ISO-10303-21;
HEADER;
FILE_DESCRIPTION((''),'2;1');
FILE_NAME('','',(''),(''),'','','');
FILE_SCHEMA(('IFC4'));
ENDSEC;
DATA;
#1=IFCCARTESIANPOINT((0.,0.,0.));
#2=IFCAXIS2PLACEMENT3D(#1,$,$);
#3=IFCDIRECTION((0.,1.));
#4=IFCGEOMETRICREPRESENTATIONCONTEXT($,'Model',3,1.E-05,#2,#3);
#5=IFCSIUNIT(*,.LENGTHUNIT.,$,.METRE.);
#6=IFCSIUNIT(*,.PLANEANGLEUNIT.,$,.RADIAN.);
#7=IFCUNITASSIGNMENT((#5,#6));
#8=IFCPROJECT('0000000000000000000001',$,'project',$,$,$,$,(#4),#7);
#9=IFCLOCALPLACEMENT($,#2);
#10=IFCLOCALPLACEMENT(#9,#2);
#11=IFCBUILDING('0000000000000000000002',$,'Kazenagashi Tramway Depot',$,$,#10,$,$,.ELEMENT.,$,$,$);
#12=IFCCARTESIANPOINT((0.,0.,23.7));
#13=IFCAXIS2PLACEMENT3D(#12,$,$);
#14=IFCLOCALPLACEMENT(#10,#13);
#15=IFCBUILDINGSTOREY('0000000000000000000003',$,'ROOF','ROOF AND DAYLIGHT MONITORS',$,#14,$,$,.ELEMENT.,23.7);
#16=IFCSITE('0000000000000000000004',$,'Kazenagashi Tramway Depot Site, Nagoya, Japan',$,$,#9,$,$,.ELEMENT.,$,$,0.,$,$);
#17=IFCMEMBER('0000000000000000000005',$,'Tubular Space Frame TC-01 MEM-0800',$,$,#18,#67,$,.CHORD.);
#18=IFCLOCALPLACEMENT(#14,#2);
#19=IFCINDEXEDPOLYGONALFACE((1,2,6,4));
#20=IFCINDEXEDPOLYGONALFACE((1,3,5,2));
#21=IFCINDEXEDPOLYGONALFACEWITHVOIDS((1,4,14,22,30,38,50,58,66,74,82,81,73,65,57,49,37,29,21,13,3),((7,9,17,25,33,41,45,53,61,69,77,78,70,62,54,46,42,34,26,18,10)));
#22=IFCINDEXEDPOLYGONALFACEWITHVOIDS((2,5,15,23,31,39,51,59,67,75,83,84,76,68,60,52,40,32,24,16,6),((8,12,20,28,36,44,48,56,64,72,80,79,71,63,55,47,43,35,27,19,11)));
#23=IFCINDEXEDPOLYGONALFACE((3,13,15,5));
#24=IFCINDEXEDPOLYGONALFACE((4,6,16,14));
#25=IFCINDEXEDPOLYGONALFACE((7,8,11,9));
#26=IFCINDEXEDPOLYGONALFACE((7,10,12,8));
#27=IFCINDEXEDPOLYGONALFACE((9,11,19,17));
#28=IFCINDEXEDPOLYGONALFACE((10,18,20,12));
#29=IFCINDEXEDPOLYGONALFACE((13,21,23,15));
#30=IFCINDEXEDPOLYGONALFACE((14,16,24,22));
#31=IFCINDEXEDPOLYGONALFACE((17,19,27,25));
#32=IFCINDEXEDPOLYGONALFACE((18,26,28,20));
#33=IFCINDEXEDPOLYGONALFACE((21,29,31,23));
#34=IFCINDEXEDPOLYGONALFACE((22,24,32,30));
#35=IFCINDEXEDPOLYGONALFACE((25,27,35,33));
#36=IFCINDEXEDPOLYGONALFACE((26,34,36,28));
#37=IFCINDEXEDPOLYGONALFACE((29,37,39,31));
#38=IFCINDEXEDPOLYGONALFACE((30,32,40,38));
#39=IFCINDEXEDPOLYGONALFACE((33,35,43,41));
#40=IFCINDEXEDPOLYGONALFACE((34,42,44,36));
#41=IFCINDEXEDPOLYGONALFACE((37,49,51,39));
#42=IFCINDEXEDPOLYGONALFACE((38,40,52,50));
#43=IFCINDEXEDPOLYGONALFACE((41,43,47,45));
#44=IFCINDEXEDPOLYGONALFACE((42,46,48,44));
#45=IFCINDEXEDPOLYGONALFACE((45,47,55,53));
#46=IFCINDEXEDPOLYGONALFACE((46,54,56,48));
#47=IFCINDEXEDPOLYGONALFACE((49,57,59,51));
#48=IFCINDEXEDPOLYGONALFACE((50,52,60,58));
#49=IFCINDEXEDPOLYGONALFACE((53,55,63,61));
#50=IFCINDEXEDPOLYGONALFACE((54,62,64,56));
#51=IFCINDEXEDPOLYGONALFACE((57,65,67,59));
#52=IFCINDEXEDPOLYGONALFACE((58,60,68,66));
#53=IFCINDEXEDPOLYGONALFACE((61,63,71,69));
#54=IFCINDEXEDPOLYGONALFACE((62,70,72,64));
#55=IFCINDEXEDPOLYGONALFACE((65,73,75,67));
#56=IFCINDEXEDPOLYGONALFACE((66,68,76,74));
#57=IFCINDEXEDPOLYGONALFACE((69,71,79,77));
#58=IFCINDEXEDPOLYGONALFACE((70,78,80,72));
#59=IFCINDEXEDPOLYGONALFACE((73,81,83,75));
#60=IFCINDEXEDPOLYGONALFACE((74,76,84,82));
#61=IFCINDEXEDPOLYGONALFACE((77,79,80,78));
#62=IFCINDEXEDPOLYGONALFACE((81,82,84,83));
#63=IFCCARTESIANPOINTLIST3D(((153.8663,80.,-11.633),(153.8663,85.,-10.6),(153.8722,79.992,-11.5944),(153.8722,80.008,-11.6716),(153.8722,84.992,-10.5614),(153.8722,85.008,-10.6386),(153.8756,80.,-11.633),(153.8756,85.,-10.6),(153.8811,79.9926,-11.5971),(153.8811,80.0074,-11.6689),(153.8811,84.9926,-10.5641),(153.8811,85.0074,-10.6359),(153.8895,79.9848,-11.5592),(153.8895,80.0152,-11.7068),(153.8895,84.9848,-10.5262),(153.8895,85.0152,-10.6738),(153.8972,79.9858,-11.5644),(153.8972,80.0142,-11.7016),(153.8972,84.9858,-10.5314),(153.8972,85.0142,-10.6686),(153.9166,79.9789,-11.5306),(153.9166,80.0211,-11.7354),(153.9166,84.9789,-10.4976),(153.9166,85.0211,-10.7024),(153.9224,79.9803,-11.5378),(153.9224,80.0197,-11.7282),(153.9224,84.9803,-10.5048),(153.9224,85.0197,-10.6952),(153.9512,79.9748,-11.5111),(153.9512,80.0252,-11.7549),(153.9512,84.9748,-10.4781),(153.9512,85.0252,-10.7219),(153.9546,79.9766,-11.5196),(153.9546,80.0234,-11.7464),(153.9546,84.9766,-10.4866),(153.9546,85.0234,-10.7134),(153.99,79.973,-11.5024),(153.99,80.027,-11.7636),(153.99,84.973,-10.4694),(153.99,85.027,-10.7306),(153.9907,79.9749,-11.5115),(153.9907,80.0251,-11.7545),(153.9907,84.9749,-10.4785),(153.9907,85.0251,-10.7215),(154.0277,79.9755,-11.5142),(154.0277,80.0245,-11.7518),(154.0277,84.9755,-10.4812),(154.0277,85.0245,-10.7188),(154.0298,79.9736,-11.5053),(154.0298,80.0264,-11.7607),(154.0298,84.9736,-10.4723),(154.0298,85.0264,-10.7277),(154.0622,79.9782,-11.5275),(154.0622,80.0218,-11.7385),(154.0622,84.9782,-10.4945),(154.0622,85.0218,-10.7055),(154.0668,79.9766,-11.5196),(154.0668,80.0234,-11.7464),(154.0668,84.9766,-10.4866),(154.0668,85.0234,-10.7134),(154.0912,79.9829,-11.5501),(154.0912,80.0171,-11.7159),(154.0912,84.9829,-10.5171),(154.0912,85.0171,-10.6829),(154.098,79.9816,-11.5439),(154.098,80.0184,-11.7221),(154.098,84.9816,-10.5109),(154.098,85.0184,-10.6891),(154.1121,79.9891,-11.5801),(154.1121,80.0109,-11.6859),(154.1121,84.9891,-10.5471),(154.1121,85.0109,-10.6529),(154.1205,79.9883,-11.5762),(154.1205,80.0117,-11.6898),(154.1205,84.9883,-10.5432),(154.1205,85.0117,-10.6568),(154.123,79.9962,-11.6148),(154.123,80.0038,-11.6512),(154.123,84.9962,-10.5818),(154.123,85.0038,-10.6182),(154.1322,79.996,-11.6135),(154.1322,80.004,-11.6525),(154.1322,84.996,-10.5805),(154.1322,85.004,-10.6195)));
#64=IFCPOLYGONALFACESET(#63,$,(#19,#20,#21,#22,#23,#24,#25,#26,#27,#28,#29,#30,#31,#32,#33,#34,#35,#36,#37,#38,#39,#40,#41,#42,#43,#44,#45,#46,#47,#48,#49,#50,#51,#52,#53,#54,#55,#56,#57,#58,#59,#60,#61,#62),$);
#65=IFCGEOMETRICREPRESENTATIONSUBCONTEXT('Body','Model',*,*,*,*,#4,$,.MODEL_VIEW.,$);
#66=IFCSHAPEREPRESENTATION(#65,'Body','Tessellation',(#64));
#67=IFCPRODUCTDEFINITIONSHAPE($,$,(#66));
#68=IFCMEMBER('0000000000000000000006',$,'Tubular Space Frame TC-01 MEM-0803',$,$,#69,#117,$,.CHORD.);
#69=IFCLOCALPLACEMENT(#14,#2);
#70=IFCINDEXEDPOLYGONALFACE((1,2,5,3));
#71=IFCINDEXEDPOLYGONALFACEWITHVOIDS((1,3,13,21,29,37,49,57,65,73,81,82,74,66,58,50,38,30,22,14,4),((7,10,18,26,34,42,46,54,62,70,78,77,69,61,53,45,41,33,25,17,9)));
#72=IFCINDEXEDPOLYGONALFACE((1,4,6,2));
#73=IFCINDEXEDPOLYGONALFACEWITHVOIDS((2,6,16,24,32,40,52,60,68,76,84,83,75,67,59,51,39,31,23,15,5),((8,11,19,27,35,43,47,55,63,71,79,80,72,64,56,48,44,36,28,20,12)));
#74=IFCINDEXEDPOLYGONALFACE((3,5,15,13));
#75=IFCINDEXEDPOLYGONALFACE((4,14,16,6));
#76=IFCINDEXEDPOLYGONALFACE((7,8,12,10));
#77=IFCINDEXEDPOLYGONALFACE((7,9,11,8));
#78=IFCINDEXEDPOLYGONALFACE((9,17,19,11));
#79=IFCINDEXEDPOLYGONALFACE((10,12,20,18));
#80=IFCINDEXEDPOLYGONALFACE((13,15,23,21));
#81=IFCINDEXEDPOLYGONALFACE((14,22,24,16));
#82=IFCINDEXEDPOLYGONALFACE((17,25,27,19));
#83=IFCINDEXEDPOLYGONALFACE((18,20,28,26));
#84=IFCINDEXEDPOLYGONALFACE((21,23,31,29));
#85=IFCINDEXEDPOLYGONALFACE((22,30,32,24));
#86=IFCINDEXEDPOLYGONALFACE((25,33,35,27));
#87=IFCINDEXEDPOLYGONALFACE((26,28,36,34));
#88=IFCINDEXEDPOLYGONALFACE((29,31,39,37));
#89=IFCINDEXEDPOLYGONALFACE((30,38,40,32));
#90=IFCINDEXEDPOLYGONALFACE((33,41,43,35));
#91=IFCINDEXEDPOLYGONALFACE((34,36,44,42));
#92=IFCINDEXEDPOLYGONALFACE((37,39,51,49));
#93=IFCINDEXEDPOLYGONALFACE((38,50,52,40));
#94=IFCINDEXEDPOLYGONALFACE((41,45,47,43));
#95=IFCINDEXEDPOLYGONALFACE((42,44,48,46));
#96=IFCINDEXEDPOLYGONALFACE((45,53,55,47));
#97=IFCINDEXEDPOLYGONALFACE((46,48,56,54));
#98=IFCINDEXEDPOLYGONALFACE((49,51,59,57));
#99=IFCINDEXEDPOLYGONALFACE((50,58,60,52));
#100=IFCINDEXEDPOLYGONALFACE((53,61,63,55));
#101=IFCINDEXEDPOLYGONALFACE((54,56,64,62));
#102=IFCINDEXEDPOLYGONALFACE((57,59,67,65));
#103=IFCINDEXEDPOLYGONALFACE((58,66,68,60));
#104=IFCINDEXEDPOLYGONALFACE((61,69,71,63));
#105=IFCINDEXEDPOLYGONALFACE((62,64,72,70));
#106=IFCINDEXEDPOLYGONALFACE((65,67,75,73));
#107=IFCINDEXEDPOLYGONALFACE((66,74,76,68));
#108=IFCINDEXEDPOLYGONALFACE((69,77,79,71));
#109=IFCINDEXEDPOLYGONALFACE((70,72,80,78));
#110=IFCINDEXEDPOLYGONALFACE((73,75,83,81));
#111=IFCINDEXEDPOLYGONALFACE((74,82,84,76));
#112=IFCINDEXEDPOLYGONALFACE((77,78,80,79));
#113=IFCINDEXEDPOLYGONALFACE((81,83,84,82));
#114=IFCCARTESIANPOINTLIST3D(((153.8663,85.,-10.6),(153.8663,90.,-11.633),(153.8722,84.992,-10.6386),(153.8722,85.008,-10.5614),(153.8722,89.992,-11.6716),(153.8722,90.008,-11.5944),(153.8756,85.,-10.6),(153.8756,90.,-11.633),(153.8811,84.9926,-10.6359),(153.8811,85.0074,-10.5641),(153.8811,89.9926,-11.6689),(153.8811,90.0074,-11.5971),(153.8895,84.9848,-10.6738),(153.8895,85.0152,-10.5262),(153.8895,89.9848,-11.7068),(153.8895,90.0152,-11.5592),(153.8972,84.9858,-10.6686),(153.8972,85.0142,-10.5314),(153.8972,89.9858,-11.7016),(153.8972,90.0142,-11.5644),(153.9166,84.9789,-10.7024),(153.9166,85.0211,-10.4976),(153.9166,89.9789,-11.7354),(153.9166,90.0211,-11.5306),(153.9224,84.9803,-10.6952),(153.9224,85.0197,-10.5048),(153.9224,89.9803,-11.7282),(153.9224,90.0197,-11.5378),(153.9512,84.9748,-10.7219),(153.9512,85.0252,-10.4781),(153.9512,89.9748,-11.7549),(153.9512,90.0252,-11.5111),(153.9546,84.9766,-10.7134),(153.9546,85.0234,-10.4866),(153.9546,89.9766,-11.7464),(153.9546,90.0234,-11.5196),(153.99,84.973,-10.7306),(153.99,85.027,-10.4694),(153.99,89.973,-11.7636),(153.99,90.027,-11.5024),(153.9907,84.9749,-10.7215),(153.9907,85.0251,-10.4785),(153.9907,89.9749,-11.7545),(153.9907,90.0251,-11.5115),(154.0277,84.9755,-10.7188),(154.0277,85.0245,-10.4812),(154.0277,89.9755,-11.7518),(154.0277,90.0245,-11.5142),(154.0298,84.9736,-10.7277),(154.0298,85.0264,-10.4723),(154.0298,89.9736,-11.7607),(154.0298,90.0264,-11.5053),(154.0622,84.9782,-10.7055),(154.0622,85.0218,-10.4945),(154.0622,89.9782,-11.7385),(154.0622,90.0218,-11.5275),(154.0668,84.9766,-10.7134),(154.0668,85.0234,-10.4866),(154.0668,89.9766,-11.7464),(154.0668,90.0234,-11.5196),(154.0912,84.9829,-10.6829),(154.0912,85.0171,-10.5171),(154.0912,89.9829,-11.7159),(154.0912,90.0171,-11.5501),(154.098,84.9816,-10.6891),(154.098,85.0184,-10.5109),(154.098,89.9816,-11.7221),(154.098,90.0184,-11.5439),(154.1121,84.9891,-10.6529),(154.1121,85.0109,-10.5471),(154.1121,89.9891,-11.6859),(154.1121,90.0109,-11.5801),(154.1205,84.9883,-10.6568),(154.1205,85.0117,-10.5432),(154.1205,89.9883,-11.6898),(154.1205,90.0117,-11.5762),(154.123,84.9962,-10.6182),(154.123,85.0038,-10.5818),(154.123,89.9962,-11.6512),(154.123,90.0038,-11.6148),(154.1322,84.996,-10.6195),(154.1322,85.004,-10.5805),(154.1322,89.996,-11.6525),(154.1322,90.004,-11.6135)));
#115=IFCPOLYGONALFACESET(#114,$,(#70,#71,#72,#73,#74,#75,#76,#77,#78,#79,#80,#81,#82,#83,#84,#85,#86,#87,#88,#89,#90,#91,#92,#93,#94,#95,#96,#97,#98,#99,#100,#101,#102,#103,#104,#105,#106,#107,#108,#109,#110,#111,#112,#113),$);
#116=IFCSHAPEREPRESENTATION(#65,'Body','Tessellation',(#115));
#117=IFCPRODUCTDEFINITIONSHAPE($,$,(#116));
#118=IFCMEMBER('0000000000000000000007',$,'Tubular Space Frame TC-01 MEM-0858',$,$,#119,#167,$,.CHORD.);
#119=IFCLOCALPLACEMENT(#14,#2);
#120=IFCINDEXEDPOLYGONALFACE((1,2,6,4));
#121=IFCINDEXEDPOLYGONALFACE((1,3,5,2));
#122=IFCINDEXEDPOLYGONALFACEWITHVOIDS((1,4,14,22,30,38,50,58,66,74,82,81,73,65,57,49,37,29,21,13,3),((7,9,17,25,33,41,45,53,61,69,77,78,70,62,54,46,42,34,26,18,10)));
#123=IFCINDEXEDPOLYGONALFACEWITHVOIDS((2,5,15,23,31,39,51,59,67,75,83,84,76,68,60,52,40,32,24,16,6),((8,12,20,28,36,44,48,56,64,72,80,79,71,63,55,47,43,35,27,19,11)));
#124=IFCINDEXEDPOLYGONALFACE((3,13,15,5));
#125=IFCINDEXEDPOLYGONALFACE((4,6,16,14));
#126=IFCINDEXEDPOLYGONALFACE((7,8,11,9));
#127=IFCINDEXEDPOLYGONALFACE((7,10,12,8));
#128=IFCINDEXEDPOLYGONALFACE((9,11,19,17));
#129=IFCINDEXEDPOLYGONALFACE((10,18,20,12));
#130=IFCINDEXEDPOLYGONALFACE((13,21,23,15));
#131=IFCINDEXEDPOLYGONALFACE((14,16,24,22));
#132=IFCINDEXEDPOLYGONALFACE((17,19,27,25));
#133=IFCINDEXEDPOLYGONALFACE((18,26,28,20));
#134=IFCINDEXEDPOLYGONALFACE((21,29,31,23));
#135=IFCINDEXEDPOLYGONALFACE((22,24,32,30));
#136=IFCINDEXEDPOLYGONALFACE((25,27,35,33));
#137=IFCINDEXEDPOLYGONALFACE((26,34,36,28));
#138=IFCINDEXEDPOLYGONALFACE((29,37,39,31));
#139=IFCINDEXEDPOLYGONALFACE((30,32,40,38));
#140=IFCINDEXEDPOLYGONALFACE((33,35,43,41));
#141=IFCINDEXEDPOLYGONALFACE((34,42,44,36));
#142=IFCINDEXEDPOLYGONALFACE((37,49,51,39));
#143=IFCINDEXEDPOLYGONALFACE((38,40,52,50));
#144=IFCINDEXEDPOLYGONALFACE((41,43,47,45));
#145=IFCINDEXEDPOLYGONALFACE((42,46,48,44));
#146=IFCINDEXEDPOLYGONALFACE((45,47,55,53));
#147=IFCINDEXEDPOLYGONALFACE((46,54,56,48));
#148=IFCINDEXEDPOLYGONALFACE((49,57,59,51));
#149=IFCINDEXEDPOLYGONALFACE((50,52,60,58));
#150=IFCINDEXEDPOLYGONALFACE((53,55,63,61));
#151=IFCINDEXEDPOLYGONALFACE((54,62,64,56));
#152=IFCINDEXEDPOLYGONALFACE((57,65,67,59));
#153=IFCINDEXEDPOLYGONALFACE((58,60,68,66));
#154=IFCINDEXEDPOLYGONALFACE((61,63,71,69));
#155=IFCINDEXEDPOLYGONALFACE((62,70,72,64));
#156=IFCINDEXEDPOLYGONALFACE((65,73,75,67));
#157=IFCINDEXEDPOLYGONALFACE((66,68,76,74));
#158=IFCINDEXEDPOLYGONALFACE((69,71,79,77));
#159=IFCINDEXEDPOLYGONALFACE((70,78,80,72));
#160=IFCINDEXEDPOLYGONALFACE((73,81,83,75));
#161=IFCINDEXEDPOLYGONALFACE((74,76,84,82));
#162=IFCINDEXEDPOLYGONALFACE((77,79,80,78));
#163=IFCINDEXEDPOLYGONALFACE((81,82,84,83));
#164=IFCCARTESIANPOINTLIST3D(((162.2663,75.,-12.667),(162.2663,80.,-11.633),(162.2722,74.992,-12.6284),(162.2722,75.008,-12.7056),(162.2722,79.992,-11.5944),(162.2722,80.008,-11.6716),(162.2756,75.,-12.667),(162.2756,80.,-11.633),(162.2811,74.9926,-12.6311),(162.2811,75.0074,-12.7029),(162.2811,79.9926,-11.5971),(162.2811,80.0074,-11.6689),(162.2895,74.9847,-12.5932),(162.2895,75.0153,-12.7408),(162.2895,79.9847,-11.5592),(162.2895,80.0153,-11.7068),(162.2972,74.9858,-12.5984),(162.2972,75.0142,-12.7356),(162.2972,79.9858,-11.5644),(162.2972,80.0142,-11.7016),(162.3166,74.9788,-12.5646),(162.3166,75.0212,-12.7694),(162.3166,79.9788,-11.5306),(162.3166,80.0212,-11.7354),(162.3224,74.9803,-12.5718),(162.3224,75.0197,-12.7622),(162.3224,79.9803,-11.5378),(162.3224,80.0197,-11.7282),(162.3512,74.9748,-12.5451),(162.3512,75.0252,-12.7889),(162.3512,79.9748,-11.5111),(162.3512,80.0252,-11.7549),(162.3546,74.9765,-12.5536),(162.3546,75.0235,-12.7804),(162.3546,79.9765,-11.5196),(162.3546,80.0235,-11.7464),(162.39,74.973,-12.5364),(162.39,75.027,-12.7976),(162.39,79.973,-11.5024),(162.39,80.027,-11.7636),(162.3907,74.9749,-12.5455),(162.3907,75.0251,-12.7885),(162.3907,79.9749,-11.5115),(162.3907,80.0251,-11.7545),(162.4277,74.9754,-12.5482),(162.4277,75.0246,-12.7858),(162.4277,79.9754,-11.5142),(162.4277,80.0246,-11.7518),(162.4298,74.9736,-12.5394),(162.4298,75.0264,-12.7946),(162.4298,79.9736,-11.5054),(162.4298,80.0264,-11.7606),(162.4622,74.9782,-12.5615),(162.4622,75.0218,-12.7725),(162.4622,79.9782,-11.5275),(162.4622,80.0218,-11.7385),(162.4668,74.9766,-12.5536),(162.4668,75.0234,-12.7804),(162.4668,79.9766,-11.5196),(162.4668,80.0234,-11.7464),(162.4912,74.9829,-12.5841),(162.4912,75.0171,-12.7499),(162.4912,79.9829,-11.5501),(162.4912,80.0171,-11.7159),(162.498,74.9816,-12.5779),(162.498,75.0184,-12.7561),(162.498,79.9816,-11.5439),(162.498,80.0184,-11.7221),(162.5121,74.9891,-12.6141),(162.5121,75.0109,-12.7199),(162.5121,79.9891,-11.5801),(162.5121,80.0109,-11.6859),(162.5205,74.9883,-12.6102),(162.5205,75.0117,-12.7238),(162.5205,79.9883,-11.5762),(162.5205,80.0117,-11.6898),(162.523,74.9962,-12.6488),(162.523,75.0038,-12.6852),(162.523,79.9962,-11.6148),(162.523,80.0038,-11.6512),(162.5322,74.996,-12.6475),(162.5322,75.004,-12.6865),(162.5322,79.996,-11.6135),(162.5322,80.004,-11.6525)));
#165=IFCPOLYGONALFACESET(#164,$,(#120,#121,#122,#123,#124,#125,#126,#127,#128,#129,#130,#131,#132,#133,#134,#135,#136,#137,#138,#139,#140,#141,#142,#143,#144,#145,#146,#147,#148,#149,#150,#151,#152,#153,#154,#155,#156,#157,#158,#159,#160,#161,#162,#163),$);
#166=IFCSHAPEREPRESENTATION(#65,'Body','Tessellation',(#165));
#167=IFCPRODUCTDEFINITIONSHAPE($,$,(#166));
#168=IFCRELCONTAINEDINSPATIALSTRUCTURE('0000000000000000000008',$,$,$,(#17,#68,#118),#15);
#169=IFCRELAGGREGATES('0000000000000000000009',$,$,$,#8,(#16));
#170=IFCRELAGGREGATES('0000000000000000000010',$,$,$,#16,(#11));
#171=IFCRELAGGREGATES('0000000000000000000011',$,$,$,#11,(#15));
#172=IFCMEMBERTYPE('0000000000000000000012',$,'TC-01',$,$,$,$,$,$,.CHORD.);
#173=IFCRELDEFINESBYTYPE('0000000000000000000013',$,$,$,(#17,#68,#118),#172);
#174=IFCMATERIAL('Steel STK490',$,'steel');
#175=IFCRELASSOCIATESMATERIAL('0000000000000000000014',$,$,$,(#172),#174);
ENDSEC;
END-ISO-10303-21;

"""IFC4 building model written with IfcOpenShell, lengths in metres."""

from ifc_helpers import new_model, si_unit, direction, frame, origin, origin_2d, place, context, subcontext, project, spatial, hollow_circle, extrude, material, material_profile, profile_set, type_object, element, save


model = new_model("IFC4")

# Units and contexts
model_context = context("Model", 3, precision=1e-05, world=origin(), true_north=direction((0.0, 1.0)))
body_context = subcontext(model_context, "Body", "Model", "MODEL_VIEW")
ifc_project = project(units=[si_unit("LENGTHUNIT", "METRE"), si_unit("PLANEANGLEUNIT", "RADIAN")], contexts=[model_context])

# Site, building, storey
site_placement = place(None, origin())
site = spatial("IfcSite", under=ifc_project, at=site_placement, Name="Kazenagashi Tramway Depot Site, Nagoya, Japan", CompositionType="ELEMENT", RefElevation=0.0)
building_placement = place(site_placement, origin())
building = spatial("IfcBuilding", under=site, at=building_placement, Name="Kazenagashi Tramway Depot", CompositionType="ELEMENT")
storey_placement = place(building_placement, frame((0.0, 0.0, 23.7)))
storey = spatial("IfcBuildingStorey", under=building, at=storey_placement, Name="ROOF", Description="ROOF AND DAYLIGHT MONITORS", CompositionType="ELEMENT", Elevation=23.7)

# Members
ifc_material_1 = material(Name="Steel STK490", Category="steel")
ifc_material_profile_1 = material_profile(ifc_material_1, hollow_circle(Radius=0.1337, WallThickness=0.0093, at=origin_2d()), Name="CHS-267.4x9.3")
ifc_profile_set_1 = profile_set([ifc_material_profile_1], Name="Steel STK490")
member_type_1 = type_object("IfcMemberType", Name="TC-01", PredefinedType="CHORD", material=ifc_profile_set_1)
for number, where, z_axis, x_axis, name in (
    (1, (154.0, 80.0, -11.633), (0.0, 0.979318, 0.202327), (-1.0, 0.0, 0.0), "Tubular Space Frame TC-01 MEM-0800"),
    (2, (154.0, 85.0, -10.6), (0.0, 0.979318, -0.202327), (-1.0, 0.0, 0.0), "Tubular Space Frame TC-01 MEM-0803"),
):
    element("IfcMember", number, at=place(storey_placement, frame(where, z_axis=z_axis, x_axis=x_axis)), inside=storey, type_object=member_type_1, Name=name, PredefinedType="CHORD", context=body_context, shape_type="SweptSolid", body=[
        extrude(hollow_circle(Radius=0.1337, WallThickness=0.0093, at=origin_2d()), origin(), (0.0, 0.0, 1.0), 5.1056),
    ])
member_1_placement = place(storey_placement, frame((162.4, 75.0, -12.667), z_axis=(0.0, 0.979279, 0.202515), x_axis=(-1.0, 0.0, 0.0)))
element("IfcMember", 3, at=member_1_placement, inside=storey, type_object=member_type_1, Name="Tubular Space Frame TC-01 MEM-0858", PredefinedType="CHORD", context=body_context, shape_type="SweptSolid", body=[
    extrude(hollow_circle(Radius=0.1337, WallThickness=0.0093, at=origin_2d()), origin(), (0.0, 0.0, 1.0), 5.1058),
])

save(model, "model.ifc")
